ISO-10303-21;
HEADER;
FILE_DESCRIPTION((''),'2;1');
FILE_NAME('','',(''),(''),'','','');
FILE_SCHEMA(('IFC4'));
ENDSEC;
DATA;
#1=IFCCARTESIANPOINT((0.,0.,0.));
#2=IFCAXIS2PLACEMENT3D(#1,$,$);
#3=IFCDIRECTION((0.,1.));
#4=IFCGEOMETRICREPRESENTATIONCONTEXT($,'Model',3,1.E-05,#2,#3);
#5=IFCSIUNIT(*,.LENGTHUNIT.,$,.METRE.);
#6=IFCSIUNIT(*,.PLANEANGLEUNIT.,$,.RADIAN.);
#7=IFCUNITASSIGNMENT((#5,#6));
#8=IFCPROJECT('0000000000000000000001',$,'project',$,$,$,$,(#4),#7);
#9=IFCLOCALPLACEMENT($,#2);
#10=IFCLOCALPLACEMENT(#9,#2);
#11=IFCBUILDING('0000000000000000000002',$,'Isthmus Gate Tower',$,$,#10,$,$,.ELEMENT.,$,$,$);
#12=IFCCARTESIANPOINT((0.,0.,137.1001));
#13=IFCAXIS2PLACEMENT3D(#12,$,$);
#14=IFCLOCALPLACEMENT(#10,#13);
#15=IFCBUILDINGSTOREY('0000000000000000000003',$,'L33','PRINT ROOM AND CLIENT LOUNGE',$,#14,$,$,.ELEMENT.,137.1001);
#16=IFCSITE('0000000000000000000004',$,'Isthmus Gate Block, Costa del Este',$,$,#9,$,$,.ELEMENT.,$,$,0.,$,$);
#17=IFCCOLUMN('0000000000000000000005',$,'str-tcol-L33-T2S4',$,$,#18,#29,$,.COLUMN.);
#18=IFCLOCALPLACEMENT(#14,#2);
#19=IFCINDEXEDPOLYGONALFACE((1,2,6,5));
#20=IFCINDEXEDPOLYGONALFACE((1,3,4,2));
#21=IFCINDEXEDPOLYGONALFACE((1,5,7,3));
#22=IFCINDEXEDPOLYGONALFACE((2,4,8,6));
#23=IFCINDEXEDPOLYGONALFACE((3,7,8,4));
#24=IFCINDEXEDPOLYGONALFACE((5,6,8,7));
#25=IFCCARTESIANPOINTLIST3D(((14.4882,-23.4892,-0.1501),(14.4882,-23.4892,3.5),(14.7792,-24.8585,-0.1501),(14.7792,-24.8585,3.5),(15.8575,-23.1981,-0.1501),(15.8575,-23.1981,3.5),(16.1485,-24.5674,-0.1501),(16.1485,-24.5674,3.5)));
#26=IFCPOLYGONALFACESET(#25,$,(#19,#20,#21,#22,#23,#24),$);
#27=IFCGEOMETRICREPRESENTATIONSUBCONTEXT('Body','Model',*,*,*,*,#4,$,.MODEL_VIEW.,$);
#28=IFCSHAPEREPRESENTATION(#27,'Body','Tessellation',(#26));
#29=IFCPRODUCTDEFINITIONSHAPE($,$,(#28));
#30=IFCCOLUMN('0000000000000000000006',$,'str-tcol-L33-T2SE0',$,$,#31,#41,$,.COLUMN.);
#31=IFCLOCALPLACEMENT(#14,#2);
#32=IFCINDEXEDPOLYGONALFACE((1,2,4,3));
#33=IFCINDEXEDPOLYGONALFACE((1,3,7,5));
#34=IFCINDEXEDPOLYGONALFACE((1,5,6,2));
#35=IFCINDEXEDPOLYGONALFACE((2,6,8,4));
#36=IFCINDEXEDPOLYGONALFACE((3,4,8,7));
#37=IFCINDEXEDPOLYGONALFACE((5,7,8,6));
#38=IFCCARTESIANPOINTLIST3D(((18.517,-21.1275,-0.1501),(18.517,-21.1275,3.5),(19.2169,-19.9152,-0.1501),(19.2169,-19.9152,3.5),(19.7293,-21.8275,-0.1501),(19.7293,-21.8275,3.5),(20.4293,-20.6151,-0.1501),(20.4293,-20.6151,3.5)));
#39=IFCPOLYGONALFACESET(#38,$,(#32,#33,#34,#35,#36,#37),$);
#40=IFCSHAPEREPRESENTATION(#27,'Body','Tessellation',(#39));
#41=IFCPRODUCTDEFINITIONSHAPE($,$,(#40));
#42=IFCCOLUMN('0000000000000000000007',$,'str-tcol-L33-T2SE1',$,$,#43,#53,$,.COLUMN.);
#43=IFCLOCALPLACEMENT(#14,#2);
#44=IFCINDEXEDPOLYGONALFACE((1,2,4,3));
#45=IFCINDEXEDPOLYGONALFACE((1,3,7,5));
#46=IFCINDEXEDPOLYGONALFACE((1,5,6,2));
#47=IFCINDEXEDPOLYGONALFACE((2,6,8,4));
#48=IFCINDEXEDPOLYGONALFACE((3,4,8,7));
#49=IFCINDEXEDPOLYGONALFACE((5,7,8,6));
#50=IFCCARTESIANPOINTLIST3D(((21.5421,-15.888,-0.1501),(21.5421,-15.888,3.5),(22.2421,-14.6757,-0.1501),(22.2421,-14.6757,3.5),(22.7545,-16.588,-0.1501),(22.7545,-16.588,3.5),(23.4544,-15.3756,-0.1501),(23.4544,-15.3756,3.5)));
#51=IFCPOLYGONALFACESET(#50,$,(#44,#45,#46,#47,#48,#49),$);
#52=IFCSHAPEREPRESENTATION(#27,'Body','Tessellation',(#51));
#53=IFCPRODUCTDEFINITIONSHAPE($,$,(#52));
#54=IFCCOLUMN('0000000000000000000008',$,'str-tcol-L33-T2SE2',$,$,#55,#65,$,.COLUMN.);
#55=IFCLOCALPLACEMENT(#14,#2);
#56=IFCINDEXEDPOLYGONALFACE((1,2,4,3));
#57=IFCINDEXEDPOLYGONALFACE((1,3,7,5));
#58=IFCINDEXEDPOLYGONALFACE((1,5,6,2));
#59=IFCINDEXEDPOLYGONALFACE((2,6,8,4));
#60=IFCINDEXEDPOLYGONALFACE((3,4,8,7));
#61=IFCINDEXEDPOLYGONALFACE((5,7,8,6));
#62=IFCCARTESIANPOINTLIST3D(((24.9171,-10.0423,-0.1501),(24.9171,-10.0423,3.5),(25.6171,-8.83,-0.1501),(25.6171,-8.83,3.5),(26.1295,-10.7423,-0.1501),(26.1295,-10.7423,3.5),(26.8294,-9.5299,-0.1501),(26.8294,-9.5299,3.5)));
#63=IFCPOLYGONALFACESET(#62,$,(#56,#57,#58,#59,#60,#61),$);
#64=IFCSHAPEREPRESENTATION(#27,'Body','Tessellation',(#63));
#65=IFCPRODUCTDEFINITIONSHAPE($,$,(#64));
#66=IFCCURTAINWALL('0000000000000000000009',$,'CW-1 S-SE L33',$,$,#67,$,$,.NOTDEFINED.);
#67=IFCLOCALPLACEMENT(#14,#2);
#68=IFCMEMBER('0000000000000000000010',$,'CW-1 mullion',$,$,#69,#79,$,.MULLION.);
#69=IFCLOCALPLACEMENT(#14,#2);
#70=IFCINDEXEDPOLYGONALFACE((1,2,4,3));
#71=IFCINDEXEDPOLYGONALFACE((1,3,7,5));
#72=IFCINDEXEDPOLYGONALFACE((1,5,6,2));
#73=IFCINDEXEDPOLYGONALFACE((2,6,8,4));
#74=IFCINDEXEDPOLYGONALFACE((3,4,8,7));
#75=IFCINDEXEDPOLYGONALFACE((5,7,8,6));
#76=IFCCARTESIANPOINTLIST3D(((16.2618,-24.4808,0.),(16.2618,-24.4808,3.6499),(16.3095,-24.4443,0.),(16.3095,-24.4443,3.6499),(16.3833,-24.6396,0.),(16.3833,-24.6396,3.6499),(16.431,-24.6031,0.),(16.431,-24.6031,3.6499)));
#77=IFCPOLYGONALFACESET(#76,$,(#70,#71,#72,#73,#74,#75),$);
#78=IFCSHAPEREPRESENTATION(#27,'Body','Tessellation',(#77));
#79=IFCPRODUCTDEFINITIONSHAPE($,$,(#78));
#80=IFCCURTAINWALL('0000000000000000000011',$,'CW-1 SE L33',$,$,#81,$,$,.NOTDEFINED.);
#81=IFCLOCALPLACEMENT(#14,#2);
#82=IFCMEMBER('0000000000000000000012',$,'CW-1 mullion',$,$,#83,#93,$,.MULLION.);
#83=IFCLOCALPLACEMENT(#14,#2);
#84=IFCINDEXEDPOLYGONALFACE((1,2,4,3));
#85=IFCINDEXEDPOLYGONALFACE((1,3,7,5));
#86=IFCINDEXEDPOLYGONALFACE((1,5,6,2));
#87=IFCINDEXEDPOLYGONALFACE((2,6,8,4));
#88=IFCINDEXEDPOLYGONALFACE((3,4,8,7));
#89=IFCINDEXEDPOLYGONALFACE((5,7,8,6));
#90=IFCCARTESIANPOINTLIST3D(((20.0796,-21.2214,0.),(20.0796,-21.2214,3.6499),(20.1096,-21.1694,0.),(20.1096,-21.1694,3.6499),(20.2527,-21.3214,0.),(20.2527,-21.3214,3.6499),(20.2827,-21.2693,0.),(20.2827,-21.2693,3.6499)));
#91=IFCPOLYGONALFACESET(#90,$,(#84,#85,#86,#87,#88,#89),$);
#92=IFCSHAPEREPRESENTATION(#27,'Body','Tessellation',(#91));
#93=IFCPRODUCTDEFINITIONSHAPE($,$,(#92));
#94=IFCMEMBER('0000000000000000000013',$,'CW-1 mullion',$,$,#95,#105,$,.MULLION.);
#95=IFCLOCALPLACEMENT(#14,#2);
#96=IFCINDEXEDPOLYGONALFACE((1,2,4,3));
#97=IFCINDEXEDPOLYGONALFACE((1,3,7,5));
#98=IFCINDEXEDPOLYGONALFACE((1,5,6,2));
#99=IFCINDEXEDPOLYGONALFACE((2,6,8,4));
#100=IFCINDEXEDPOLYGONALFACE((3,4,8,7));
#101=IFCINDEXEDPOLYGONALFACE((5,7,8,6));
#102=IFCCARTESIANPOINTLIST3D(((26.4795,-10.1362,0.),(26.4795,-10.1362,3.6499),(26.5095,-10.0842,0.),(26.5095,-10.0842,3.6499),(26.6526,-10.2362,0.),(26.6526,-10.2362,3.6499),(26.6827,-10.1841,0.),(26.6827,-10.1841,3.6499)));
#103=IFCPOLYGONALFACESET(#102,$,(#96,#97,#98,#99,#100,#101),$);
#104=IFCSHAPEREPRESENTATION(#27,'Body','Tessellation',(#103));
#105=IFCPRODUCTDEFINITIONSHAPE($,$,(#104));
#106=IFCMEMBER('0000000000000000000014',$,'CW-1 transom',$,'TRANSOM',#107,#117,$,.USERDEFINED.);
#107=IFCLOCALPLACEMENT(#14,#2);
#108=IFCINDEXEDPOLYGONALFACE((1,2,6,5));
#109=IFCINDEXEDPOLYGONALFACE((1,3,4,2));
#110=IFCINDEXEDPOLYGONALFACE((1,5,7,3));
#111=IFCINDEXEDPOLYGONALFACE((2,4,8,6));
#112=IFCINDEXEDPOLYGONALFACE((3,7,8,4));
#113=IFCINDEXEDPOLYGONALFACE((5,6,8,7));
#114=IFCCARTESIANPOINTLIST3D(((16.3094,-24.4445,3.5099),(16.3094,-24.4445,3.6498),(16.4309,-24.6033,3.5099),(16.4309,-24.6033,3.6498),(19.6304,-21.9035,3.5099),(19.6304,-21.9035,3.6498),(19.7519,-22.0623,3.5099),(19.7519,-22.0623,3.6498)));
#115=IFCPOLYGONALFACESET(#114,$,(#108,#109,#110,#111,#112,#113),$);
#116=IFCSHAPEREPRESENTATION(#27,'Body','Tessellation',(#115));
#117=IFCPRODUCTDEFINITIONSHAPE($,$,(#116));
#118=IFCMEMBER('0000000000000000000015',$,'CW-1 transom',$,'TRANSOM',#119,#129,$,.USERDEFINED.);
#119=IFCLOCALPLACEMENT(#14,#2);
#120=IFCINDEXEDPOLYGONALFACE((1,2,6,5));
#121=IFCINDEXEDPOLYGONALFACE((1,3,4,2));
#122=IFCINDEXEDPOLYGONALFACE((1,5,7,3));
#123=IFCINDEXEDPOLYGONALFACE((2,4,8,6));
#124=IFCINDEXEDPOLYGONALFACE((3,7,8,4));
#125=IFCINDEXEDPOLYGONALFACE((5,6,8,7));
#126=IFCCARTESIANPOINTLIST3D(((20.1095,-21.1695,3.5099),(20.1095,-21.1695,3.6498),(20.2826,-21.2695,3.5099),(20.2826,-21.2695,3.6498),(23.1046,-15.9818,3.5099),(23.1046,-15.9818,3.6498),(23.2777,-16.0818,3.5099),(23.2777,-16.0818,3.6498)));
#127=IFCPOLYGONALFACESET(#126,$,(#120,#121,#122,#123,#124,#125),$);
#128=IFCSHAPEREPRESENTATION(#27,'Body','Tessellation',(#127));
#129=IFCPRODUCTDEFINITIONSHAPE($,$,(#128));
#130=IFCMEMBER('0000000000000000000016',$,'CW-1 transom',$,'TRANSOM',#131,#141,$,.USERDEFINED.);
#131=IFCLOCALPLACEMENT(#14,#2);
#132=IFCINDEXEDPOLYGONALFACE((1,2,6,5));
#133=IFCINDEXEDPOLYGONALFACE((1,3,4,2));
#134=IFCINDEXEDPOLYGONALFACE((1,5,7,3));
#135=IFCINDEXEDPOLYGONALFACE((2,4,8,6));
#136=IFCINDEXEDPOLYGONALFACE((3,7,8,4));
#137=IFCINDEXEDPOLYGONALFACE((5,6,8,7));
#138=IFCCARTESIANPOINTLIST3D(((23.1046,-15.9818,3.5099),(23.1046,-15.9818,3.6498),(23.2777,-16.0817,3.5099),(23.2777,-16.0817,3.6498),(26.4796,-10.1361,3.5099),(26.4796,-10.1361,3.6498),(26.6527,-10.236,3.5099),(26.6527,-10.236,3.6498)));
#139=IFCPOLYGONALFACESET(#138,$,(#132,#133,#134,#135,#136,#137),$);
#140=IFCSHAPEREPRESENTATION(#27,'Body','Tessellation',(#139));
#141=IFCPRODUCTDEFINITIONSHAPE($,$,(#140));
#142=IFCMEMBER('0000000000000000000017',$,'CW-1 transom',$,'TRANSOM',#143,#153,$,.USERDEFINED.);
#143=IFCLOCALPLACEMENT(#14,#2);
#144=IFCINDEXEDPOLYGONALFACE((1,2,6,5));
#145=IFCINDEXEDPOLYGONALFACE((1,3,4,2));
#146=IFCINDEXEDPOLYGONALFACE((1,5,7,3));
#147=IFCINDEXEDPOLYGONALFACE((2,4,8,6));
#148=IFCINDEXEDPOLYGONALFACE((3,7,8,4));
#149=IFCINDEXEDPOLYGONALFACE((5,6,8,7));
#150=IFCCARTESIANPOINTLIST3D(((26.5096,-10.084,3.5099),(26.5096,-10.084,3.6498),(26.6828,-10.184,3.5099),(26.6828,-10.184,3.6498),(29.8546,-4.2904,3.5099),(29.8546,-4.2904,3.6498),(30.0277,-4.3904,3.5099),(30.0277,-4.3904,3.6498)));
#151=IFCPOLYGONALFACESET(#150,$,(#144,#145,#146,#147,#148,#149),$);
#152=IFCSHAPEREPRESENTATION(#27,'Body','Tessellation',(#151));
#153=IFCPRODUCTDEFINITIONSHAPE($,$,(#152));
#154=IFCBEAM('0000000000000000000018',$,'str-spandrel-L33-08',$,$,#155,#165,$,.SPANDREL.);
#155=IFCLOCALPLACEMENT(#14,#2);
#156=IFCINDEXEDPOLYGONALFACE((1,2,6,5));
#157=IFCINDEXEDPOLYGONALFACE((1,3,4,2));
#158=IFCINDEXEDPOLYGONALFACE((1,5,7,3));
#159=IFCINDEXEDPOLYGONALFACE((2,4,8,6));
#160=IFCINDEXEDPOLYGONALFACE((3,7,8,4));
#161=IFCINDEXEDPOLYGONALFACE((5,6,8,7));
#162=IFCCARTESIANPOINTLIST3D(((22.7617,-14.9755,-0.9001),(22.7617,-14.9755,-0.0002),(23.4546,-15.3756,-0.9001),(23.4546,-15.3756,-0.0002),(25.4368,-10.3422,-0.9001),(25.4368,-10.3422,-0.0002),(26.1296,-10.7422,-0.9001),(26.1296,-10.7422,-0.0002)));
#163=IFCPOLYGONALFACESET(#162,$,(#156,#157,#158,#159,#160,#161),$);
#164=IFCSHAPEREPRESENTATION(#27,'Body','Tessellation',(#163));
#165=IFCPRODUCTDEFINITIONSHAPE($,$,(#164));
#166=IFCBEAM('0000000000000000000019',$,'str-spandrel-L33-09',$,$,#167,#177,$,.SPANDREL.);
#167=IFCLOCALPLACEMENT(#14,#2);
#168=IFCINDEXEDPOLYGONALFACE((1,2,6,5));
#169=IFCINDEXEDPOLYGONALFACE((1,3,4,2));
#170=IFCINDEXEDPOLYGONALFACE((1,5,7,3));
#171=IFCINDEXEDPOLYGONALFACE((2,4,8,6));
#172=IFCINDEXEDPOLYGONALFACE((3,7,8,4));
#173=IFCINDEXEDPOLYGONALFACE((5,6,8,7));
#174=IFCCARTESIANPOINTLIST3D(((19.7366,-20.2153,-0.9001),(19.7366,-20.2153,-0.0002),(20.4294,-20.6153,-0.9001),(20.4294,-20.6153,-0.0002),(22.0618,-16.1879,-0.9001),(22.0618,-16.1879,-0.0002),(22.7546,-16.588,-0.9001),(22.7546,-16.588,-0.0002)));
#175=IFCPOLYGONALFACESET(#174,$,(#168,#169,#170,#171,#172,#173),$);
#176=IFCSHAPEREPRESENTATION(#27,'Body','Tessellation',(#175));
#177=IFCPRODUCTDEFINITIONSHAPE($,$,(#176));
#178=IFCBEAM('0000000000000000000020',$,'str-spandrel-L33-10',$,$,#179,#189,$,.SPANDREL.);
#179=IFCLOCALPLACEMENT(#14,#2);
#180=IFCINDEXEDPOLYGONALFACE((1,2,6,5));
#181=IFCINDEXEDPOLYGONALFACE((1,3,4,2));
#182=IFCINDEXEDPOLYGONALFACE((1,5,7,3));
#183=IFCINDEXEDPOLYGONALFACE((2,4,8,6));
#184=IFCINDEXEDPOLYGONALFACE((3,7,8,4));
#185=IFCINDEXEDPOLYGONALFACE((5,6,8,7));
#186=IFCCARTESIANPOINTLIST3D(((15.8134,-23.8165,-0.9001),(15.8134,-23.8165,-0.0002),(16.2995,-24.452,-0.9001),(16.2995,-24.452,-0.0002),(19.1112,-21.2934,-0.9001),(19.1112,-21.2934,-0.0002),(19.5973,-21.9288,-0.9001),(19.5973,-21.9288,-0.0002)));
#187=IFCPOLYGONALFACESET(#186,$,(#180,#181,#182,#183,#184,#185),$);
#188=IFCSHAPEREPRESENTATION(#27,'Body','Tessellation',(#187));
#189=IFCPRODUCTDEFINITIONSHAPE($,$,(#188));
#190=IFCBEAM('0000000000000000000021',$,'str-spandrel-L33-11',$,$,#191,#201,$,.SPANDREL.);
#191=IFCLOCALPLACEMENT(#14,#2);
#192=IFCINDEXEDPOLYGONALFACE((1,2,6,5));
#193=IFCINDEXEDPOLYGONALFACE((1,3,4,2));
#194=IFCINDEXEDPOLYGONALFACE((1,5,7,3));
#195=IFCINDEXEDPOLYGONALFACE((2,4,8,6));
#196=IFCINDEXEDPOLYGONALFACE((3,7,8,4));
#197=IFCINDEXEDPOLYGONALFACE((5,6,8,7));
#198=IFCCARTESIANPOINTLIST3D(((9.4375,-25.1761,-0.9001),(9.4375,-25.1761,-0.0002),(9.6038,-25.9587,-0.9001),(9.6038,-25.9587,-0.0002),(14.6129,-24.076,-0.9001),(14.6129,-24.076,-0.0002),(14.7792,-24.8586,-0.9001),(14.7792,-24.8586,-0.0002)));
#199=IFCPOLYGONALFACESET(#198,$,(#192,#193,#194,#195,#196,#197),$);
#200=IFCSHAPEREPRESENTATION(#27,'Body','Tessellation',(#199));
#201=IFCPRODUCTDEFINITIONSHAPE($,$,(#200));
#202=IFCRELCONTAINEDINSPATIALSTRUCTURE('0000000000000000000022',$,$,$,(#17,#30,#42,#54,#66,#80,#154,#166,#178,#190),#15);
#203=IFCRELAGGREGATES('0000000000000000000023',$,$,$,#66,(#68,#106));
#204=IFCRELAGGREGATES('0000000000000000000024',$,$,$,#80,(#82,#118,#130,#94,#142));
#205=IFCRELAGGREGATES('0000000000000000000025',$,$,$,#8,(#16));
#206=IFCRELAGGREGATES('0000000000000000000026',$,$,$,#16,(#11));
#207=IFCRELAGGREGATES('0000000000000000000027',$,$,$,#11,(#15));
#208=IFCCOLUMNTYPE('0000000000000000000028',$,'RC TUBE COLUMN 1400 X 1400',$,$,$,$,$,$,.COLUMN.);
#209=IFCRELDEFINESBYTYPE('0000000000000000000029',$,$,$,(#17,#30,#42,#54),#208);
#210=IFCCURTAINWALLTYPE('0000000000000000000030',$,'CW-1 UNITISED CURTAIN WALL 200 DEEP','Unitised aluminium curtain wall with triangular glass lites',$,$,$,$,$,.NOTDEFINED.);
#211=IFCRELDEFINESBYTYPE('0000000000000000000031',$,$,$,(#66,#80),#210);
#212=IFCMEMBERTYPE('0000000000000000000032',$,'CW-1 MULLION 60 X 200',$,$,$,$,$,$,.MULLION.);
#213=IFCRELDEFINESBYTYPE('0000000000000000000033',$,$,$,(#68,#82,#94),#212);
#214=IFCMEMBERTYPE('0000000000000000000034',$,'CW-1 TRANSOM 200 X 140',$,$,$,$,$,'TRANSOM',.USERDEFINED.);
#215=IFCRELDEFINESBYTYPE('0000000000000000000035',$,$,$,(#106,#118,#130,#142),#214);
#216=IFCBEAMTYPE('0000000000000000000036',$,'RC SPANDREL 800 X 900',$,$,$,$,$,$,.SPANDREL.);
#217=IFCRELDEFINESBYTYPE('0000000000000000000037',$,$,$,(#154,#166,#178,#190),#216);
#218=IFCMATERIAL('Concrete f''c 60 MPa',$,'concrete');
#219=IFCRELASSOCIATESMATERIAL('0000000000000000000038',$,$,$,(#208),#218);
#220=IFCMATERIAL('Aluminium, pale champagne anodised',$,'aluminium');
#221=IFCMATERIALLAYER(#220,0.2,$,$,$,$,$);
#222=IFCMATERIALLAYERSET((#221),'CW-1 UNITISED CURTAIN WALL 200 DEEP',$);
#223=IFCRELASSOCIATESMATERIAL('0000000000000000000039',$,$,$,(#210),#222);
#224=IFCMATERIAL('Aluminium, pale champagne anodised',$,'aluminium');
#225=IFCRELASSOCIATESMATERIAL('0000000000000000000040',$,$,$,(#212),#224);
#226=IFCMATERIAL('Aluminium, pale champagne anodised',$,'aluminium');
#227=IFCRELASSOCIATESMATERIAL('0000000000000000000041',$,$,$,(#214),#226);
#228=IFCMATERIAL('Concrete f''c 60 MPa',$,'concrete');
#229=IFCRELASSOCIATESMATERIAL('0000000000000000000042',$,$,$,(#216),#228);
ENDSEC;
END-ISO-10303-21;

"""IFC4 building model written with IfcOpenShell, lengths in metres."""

from ifc_helpers import new_model, si_unit, direction, frame, origin, origin_2d, place, context, subcontext, project, spatial, rectangle, extrude, material, layer, layer_set, material_profile, profile_set, type_object, element, aggregate, save


model = new_model("IFC4")

# Units and contexts
model_context = context("Model", 3, precision=1e-05, world=origin(), true_north=direction((0.0, 1.0)))
body_context = subcontext(model_context, "Body", "Model", "MODEL_VIEW")
ifc_project = project(units=[si_unit("LENGTHUNIT", "METRE"), si_unit("PLANEANGLEUNIT", "RADIAN")], contexts=[model_context])

# Site, building, storey
site_placement = place(None, origin())
site = spatial("IfcSite", under=ifc_project, at=site_placement, Name="Isthmus Gate Block, Costa del Este", CompositionType="ELEMENT", RefElevation=0.0)
building_placement = place(site_placement, origin())
building = spatial("IfcBuilding", under=site, at=building_placement, Name="Isthmus Gate Tower", CompositionType="ELEMENT")
storey_placement = place(building_placement, frame((0.0, 0.0, 137.1001)))
storey = spatial("IfcBuildingStorey", under=building, at=storey_placement, Name="L33", Description="PRINT ROOM AND CLIENT LOUNGE", CompositionType="ELEMENT", Elevation=137.1001)

# Columns
ifc_material_1 = material(Name="Concrete f'c 60 MPa", Category="concrete")
ifc_material_profile_1 = material_profile(ifc_material_1, rectangle(XDim=1.3999, YDim=1.3999, at=origin_2d()), Name="RC 1400X1400")
ifc_profile_set_1 = profile_set([ifc_material_profile_1], Name="Concrete f'c 60 MPa")
column_type = type_object("IfcColumnType", Name="RC TUBE COLUMN 1400 X 1400", PredefinedType="COLUMN", material=ifc_profile_set_1)
for number, where, z_axis, x_axis, name in (
    (1, (15.3184, -24.0283, -0.1501), (0.0, 0.0, 1.0), (0.978148, 0.207912, 0.0), "str-tcol-L33-T2S4"),
    (2, (19.4731, -20.8713, -0.1501), (0.0, 0.0, 1.0), (0.5, 0.866025, 0.0), "str-tcol-L33-T2SE0"),
    (3, (22.4983, -15.6318, -0.1501), (0.0, 0.0, 1.0), (0.5, 0.866025, 0.0), "str-tcol-L33-T2SE1"),
    (4, (25.8733, -9.7861, -0.1501), (0.0, 0.0, 1.0), (0.5, 0.866025, 0.0), "str-tcol-L33-T2SE2"),
):
    element("IfcColumn", number, at=place(storey_placement, frame(where, z_axis=z_axis, x_axis=x_axis)), inside=storey, type_object=column_type, Name=name, PredefinedType="COLUMN", context=body_context, shape_type="SweptSolid", body=[
        extrude(rectangle(XDim=1.3999, YDim=1.3999, at=origin_2d()), origin(), (0.0, 0.0, 1.0), 3.6501),
    ])

# Curtain wall, member
ifc_material_2 = material(Name="Aluminium, pale champagne anodised", Category="aluminium")
ifc_layer_1 = layer(ifc_material_2, 0.2)
ifc_layer_set_1 = layer_set([ifc_layer_1], Name="CW-1 UNITISED CURTAIN WALL 200 DEEP")
curtain_wall_type = type_object("IfcCurtainWallType", Name="CW-1 UNITISED CURTAIN WALL 200 DEEP", Description="Unitised aluminium curtain wall with triangular glass lites", PredefinedType="NOTDEFINED", material=ifc_layer_set_1)
curtain_wall_1_placement = place(storey_placement, origin())
curtain_wall_1 = element("IfcCurtainWall", 5, at=curtain_wall_1_placement, inside=storey, type_object=curtain_wall_type, Name="CW-1 S-SE L33", PredefinedType="NOTDEFINED")
ifc_material_3 = material(Name="Aluminium, pale champagne anodised", Category="aluminium")
ifc_material_profile_2 = material_profile(ifc_material_3, rectangle(XDim=0.0601, YDim=0.2, at=origin_2d()), Name="60x200")
ifc_profile_set_2 = profile_set([ifc_material_profile_2], Name="Aluminium, pale champagne anodised")
member_type_1 = type_object("IfcMemberType", Name="CW-1 MULLION 60 X 200", PredefinedType="MULLION", material=ifc_profile_set_2)
member_1_placement = place(storey_placement, frame((16.3464, -24.542, 0.0), z_axis=(0.0, 0.0, 1.0), x_axis=(0.794189, 0.607671, 0.0)))
member_1 = element("IfcMember", 6, at=member_1_placement, type_object=member_type_1, Name="CW-1 mullion", PredefinedType="MULLION", context=body_context, shape_type="SweptSolid", body=[
    extrude(rectangle(XDim=0.0601, YDim=0.2, at=origin_2d()), origin(), (0.0, 0.0, 1.0), 3.6499),
])

# Curtain wall, members
curtain_wall_2_placement = place(storey_placement, origin())
curtain_wall_2 = element("IfcCurtainWall", 7, at=curtain_wall_2_placement, inside=storey, type_object=curtain_wall_type, Name="CW-1 SE L33", PredefinedType="NOTDEFINED")
member_2_placement = place(storey_placement, frame((20.1812, -21.2454, 0.0), z_axis=(0.0, 0.0, 1.0), x_axis=(0.5, 0.866025, 0.0)))
member_2 = element("IfcMember", 8, at=member_2_placement, type_object=member_type_1, Name="CW-1 mullion", PredefinedType="MULLION", context=body_context, shape_type="SweptSolid", body=[
    extrude(rectangle(XDim=0.0601, YDim=0.2, at=origin_2d()), origin(), (0.0, 0.0, 1.0), 3.6499),
])
member_3_placement = place(storey_placement, frame((26.5811, -10.1602, 0.0), z_axis=(0.0, 0.0, 1.0), x_axis=(0.5, 0.866025, 0.0)))
member_3 = element("IfcMember", 9, at=member_3_placement, type_object=member_type_1, Name="CW-1 mullion", PredefinedType="MULLION", context=body_context, shape_type="SweptSolid", body=[
    extrude(rectangle(XDim=0.0601, YDim=0.2, at=origin_2d()), origin(), (0.0, 0.0, 1.0), 3.6499),
])

# Members
ifc_material_4 = material(Name="Aluminium, pale champagne anodised", Category="aluminium")
ifc_material_profile_3 = material_profile(ifc_material_4, rectangle(XDim=0.2, YDim=0.1399, at=origin_2d()), Name="200x140")
ifc_profile_set_3 = profile_set([ifc_material_profile_3], Name="Aluminium, pale champagne anodised")
member_type_2 = type_object("IfcMemberType", Name="CW-1 TRANSOM 200 X 140", ElementType="TRANSOM", PredefinedType="USERDEFINED", material=ifc_profile_set_3)
member_4_placement = place(storey_placement, frame((16.3701, -24.5239, 3.5798), z_axis=(0.794197, 0.60766, 0.0), x_axis=(-0.60766, 0.794197, 0.0)))
member_4 = element("IfcMember", 10, at=member_4_placement, type_object=member_type_2, Name="CW-1 transom", ObjectType="TRANSOM", PredefinedType="USERDEFINED", context=body_context, shape_type="SweptSolid", body=[
    extrude(rectangle(XDim=0.2, YDim=0.1399, at=origin_2d()), origin(), (0.0, 0.0, 1.0), 4.1816),
])
member_5_placement = place(storey_placement, frame((20.196, -21.2195, 3.5798), z_axis=(0.499996, 0.866027, 0.0), x_axis=(-0.866027, 0.499996, 0.0)))
member_5 = element("IfcMember", 11, at=member_5_placement, type_object=member_type_2, Name="CW-1 transom", ObjectType="TRANSOM", PredefinedType="USERDEFINED", context=body_context, shape_type="SweptSolid", body=[
    extrude(rectangle(XDim=0.2, YDim=0.1399, at=origin_2d()), origin(), (0.0, 0.0, 1.0), 5.9902),
])
member_6_placement = place(storey_placement, frame((23.1912, -16.0317, 3.5798), z_axis=(0.499998, 0.866027, 0.0), x_axis=(-0.866027, 0.499998, 0.0)))
member_6 = element("IfcMember", 12, at=member_6_placement, type_object=member_type_2, Name="CW-1 transom", ObjectType="TRANSOM", PredefinedType="USERDEFINED", context=body_context, shape_type="SweptSolid", body=[
    extrude(rectangle(XDim=0.2, YDim=0.1399, at=origin_2d()), origin(), (0.0, 0.0, 1.0), 6.75),
])
member_7_placement = place(storey_placement, frame((26.5962, -10.134, 3.5798), z_axis=(0.499997, 0.866027, 0.0), x_axis=(-0.866027, 0.499997, 0.0)))
member_7 = element("IfcMember", 13, at=member_7_placement, type_object=member_type_2, Name="CW-1 transom", ObjectType="TRANSOM", PredefinedType="USERDEFINED", context=body_context, shape_type="SweptSolid", body=[
    extrude(rectangle(XDim=0.2, YDim=0.1399, at=origin_2d()), origin(), (0.0, 0.0, 1.0), 6.6899),
])

# Beams
ifc_material_5 = material(Name="Concrete f'c 60 MPa", Category="concrete")
ifc_material_profile_4 = material_profile(ifc_material_5, rectangle(XDim=0.8, YDim=0.8999, at=origin_2d()), Name="RC 800X900")
ifc_profile_set_4 = profile_set([ifc_material_profile_4], Name="Concrete f'c 60 MPa")
beam_type_1 = type_object("IfcBeamType", Name="RC SPANDREL 800 X 900", PredefinedType="SPANDREL", material=ifc_profile_set_4)
beam_1_placement = place(storey_placement, frame((25.7832, -10.5422, -0.4502), z_axis=(-0.500002, -0.866024, 0.0), x_axis=(0.866024, -0.500002, 0.0)))
element("IfcBeam", 14, at=beam_1_placement, inside=storey, type_object=beam_type_1, Name="str-spandrel-L33-08", PredefinedType="SPANDREL", context=body_context, shape_type="SweptSolid", body=[
    extrude(rectangle(XDim=0.8, YDim=0.8999, at=origin_2d()), origin(), (0.0, 0.0, 1.0), 5.3501),
])
beam_2_placement = place(storey_placement, frame((22.4082, -16.3879, -0.4502), z_axis=(-0.500001, -0.866025, 0.0), x_axis=(0.866025, -0.500001, 0.0)))
element("IfcBeam", 15, at=beam_2_placement, inside=storey, type_object=beam_type_1, Name="str-spandrel-L33-09", PredefinedType="SPANDREL", context=body_context, shape_type="SweptSolid", body=[
    extrude(rectangle(XDim=0.8, YDim=0.8999, at=origin_2d()), origin(), (0.0, 0.0, 1.0), 4.6504),
])
beam_3_placement = place(storey_placement, frame((19.3542, -21.6111, -0.4502), z_axis=(-0.794206, -0.607649, 0.0), x_axis=(0.607649, -0.794206, 0.0)))
element("IfcBeam", 16, at=beam_3_placement, inside=storey, type_object=beam_type_1, Name="str-spandrel-L33-10", PredefinedType="SPANDREL", context=body_context, shape_type="SweptSolid", body=[
    extrude(rectangle(XDim=0.8, YDim=0.8999, at=origin_2d()), origin(), (0.0, 0.0, 1.0), 4.1523),
])
beam_4_placement = place(storey_placement, frame((14.696, -24.4673, -0.4502), z_axis=(-0.978145, -0.207922, 0.0), x_axis=(0.207922, -0.978145, 0.0)))
element("IfcBeam", 17, at=beam_4_placement, inside=storey, type_object=beam_type_1, Name="str-spandrel-L33-11", PredefinedType="SPANDREL", context=body_context, shape_type="SweptSolid", body=[
    extrude(rectangle(XDim=0.8, YDim=0.8999, at=origin_2d()), origin(), (0.0, 0.0, 1.0), 5.291),
])

aggregate(curtain_wall_1, [member_1, member_4])
aggregate(curtain_wall_2, [member_2, member_5, member_6, member_3, member_7])

save(model, "model.ifc")
